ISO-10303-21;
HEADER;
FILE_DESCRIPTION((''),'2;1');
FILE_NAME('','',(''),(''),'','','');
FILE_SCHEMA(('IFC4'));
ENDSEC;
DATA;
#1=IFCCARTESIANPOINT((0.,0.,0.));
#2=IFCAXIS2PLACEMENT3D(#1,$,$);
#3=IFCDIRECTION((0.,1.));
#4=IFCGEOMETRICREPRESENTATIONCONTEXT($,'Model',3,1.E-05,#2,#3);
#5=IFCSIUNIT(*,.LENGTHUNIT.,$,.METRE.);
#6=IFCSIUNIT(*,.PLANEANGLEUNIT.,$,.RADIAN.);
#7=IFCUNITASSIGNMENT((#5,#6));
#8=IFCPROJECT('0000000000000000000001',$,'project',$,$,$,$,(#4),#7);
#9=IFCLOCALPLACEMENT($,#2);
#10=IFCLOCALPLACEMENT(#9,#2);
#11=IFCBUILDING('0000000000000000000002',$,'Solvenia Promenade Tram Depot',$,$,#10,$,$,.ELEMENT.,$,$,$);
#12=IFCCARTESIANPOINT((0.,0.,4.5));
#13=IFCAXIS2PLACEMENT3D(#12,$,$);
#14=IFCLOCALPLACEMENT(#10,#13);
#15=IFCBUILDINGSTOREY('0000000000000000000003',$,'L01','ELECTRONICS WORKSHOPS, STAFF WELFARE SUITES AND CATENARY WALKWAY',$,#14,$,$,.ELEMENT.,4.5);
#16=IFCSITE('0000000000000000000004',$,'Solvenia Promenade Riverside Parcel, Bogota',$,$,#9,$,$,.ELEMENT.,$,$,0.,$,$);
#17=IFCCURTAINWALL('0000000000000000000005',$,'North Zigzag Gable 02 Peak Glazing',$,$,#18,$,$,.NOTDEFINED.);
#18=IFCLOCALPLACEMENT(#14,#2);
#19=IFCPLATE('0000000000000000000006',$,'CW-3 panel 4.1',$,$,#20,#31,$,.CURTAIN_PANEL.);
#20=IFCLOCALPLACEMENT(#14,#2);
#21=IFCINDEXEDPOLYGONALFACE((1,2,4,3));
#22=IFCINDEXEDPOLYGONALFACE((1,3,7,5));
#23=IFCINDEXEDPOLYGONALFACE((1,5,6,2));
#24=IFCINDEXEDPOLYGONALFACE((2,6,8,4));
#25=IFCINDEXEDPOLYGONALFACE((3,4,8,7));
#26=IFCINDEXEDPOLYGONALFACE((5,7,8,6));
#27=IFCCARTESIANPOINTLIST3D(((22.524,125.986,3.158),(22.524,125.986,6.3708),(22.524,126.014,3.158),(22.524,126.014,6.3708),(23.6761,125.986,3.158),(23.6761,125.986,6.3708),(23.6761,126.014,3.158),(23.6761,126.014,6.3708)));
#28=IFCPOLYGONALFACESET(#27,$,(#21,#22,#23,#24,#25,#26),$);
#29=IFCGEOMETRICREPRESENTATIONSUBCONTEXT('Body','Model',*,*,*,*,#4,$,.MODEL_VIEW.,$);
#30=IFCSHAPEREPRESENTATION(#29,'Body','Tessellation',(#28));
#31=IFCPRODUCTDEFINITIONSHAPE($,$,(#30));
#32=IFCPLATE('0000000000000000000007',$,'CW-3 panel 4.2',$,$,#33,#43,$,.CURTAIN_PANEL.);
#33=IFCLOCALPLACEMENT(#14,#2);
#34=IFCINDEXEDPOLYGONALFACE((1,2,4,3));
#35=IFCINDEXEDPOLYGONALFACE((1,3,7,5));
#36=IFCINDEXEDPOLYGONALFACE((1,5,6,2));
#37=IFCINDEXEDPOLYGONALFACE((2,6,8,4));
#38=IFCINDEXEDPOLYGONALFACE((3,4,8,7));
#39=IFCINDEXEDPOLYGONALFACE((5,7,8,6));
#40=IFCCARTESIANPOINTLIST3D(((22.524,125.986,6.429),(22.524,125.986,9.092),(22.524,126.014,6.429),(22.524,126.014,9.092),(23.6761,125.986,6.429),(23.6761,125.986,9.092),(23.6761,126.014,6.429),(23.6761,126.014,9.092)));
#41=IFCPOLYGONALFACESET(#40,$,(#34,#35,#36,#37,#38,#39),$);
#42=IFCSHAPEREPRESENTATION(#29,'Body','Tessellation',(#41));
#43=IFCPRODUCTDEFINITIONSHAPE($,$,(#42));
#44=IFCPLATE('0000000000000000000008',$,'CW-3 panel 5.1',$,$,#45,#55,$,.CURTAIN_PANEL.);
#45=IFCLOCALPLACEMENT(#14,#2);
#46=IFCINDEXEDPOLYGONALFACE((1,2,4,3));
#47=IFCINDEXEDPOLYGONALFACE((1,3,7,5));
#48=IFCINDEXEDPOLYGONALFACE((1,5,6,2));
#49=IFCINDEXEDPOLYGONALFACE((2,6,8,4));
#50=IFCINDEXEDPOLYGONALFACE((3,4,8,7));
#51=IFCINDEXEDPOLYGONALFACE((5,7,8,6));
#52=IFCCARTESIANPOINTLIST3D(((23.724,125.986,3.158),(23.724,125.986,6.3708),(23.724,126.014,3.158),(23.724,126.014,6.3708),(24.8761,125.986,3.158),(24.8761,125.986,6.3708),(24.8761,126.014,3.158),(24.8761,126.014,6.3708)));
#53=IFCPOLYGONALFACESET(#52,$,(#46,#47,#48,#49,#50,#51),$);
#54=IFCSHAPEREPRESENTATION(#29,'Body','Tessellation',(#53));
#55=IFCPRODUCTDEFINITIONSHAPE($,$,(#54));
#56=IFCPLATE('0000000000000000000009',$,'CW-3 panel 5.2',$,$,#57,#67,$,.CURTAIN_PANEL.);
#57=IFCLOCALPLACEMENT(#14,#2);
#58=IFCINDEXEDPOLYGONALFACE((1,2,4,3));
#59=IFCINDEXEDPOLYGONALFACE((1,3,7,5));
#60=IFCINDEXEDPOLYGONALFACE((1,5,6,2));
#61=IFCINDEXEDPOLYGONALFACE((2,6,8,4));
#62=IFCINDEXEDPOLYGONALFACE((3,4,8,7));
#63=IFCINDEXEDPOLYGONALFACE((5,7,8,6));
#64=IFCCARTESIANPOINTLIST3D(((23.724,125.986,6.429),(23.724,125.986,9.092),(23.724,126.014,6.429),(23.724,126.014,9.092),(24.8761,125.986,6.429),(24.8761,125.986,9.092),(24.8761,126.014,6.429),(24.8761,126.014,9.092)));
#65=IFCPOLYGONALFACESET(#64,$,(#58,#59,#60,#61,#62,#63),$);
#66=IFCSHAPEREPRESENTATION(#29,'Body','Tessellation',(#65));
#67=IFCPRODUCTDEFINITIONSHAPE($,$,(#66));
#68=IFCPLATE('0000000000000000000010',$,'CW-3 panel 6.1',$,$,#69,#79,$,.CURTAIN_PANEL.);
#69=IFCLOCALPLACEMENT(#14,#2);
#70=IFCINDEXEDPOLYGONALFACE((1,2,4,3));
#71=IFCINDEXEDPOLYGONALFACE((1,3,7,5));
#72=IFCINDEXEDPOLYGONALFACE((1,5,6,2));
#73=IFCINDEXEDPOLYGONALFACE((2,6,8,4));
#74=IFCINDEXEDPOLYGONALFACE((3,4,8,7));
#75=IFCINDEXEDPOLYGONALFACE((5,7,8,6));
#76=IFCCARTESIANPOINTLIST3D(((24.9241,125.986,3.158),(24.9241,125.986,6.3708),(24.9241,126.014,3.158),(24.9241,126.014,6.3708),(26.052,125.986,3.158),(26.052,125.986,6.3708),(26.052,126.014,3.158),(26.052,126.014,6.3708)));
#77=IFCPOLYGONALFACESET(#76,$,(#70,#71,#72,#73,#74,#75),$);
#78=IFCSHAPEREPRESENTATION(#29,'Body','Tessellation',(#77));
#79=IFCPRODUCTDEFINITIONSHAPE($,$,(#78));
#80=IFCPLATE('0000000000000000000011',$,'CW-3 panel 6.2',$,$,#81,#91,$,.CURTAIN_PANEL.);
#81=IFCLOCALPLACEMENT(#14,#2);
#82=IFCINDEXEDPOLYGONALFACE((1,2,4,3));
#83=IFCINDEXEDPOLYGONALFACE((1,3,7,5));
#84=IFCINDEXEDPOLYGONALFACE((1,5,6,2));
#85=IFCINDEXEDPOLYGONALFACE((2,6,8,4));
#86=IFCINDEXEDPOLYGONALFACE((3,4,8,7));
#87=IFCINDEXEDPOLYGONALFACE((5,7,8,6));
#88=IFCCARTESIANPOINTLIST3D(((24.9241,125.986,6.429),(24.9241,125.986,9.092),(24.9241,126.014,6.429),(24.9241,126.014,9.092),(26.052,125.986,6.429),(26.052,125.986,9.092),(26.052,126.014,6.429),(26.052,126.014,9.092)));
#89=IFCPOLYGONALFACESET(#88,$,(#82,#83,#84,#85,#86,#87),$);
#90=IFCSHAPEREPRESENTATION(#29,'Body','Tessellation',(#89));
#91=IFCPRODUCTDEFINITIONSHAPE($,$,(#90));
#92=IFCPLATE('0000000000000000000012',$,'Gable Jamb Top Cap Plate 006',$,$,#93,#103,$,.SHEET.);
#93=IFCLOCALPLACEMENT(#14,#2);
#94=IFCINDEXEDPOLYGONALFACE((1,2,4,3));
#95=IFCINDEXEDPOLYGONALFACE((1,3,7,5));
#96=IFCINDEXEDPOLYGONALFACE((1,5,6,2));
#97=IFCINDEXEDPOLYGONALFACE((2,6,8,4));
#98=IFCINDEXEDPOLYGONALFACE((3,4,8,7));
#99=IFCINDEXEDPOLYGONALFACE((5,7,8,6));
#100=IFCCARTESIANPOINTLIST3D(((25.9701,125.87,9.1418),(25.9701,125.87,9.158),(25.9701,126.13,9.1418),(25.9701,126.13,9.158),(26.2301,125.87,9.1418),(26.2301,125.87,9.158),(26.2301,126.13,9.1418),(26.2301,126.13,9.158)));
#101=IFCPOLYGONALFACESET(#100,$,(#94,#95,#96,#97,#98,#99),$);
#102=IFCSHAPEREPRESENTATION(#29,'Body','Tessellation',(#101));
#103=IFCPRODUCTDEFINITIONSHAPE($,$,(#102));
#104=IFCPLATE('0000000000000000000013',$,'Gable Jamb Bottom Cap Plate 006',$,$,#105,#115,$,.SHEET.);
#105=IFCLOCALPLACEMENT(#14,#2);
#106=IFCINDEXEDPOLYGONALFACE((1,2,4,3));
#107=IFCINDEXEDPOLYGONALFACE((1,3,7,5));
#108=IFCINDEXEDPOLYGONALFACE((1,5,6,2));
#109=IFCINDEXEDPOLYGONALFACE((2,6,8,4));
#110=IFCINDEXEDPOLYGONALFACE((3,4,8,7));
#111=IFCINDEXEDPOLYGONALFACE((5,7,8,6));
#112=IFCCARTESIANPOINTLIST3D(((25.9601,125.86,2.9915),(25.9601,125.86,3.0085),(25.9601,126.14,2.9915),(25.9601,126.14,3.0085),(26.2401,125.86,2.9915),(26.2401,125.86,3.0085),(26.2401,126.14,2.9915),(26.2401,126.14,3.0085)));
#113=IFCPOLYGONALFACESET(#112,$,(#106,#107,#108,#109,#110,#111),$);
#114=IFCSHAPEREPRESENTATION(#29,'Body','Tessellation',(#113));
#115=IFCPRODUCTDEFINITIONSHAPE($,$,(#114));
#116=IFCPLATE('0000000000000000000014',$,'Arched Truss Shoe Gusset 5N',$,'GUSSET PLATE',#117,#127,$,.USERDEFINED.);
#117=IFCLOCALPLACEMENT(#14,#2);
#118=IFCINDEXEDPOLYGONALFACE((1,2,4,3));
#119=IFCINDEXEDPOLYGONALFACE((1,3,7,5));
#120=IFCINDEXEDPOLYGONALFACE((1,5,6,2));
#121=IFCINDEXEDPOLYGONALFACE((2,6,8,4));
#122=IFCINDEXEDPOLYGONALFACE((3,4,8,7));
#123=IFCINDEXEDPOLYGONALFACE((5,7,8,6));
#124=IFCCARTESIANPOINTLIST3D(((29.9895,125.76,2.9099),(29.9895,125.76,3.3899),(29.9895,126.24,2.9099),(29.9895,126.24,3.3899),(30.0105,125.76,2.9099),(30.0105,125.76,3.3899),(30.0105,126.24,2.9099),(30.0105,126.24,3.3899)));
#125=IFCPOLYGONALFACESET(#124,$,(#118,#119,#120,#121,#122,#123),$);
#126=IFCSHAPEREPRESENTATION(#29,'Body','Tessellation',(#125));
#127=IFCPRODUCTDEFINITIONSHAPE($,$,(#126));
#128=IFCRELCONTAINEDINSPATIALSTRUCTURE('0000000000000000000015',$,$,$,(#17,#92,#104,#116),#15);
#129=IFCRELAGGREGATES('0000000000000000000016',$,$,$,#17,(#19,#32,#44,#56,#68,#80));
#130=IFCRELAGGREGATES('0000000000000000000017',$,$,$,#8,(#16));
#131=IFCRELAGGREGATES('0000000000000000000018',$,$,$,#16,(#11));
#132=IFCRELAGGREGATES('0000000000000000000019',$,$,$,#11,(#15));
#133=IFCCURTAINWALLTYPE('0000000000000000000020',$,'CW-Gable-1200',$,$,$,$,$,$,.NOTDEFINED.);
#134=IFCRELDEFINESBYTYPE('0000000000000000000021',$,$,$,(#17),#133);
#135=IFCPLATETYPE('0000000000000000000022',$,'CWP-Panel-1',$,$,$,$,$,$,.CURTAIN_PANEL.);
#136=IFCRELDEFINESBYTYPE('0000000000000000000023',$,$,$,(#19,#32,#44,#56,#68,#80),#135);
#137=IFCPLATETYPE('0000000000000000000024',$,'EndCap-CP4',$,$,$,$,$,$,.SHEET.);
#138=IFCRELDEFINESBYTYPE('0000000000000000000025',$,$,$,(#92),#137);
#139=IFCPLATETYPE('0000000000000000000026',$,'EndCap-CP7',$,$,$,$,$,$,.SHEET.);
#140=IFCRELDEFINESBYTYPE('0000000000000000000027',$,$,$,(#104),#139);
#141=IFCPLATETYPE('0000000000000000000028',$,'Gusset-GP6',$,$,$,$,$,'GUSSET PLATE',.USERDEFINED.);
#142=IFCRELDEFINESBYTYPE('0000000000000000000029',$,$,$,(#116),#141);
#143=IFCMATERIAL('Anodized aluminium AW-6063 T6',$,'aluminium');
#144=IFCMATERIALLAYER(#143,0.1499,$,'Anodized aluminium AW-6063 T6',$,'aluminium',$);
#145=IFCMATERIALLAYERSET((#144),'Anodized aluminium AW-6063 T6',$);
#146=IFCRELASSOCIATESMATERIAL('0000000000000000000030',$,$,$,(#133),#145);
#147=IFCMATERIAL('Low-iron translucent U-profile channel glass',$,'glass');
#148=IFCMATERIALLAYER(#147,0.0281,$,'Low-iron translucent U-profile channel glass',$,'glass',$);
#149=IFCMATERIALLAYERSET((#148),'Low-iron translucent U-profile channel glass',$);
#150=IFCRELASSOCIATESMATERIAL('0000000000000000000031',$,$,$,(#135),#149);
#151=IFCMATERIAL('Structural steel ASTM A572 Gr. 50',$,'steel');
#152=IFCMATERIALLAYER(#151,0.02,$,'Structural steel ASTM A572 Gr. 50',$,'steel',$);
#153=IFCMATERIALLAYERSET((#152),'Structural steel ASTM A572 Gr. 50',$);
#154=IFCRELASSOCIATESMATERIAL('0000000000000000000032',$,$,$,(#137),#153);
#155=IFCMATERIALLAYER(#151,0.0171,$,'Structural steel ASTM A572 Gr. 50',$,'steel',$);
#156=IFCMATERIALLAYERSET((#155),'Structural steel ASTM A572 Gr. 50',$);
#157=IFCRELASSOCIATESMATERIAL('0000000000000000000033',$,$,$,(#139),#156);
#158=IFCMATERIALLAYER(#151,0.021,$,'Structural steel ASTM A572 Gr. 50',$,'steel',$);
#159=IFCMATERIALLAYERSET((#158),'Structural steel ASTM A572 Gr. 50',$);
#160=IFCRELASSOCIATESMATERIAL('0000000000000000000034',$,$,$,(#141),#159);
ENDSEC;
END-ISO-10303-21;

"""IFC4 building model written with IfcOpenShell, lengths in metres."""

from ifc_helpers import new_model, si_unit, direction, frame, origin, origin_2d, place, context, subcontext, project, spatial, rectangle, extrude, material, layer, layer_set, type_object, element, aggregate, save


model = new_model("IFC4")

# Units and contexts
model_context = context("Model", 3, precision=1e-05, world=origin(), true_north=direction((0.0, 1.0)))
body_context = subcontext(model_context, "Body", "Model", "MODEL_VIEW")
ifc_project = project(units=[si_unit("LENGTHUNIT", "METRE"), si_unit("PLANEANGLEUNIT", "RADIAN")], contexts=[model_context])

# Site, building, storey
site_placement = place(None, origin())
site = spatial("IfcSite", under=ifc_project, at=site_placement, Name="Solvenia Promenade Riverside Parcel, Bogota", CompositionType="ELEMENT", RefElevation=0.0)
building_placement = place(site_placement, origin())
building = spatial("IfcBuilding", under=site, at=building_placement, Name="Solvenia Promenade Tram Depot", CompositionType="ELEMENT")
storey_placement = place(building_placement, frame((0.0, 0.0, 4.5)))
storey = spatial("IfcBuildingStorey", under=building, at=storey_placement, Name="L01", Description="ELECTRONICS WORKSHOPS, STAFF WELFARE SUITES AND CATENARY WALKWAY", CompositionType="ELEMENT", Elevation=4.5)

# Curtain wall
ifc_material_1 = material(Name="Anodized aluminium AW-6063 T6", Category="aluminium")
ifc_layer_1 = layer(ifc_material_1, 0.1499, Name="Anodized aluminium AW-6063 T6", Category="aluminium")
ifc_layer_set_1 = layer_set([ifc_layer_1], Name="Anodized aluminium AW-6063 T6")
curtain_wall_type = type_object("IfcCurtainWallType", Name="CW-Gable-1200", PredefinedType="NOTDEFINED", material=ifc_layer_set_1)
curtain_wall_placement = place(storey_placement, origin())
curtain_wall = element("IfcCurtainWall", 1, at=curtain_wall_placement, inside=storey, type_object=curtain_wall_type, Name="North Zigzag Gable 02 Peak Glazing", PredefinedType="NOTDEFINED")

# Plates
ifc_material_2 = material(Name="Low-iron translucent U-profile channel glass", Category="glass")
ifc_layer_2 = layer(ifc_material_2, 0.0281, Name="Low-iron translucent U-profile channel glass", Category="glass")
ifc_layer_set_2 = layer_set([ifc_layer_2], Name="Low-iron translucent U-profile channel glass")
plate_type_1 = type_object("IfcPlateType", Name="CWP-Panel-1", PredefinedType="CURTAIN_PANEL", material=ifc_layer_set_2)
plate_1_placement = place(storey_placement, frame((23.1001, 126.0, 3.158), z_axis=(0.0, 0.0, 1.0), x_axis=(1.0, 0.0, 0.0)))
plate_1 = element("IfcPlate", 2, at=plate_1_placement, type_object=plate_type_1, Name="CW-3 panel 4.1", PredefinedType="CURTAIN_PANEL", context=body_context, shape_type="SweptSolid", body=[
    extrude(rectangle(XDim=1.1521, YDim=0.0281, at=origin_2d()), origin(), (0.0, 0.0, 1.0), 3.2129),
])
plate_2_placement = place(storey_placement, frame((23.1001, 126.0, 6.429), z_axis=(0.0, 0.0, 1.0), x_axis=(1.0, 0.0, 0.0)))
plate_2 = element("IfcPlate", 3, at=plate_2_placement, type_object=plate_type_1, Name="CW-3 panel 4.2", PredefinedType="CURTAIN_PANEL", context=body_context, shape_type="SweptSolid", body=[
    extrude(rectangle(XDim=1.1521, YDim=0.0281, at=origin_2d()), origin(), (0.0, 0.0, 1.0), 2.6631),
])
plate_3_placement = place(storey_placement, frame((24.3, 126.0, 3.158), z_axis=(0.0, 0.0, 1.0), x_axis=(1.0, 0.0, 0.0)))
plate_3 = element("IfcPlate", 4, at=plate_3_placement, type_object=plate_type_1, Name="CW-3 panel 5.1", PredefinedType="CURTAIN_PANEL", context=body_context, shape_type="SweptSolid", body=[
    extrude(rectangle(XDim=1.1521, YDim=0.0281, at=origin_2d()), origin(), (0.0, 0.0, 1.0), 3.2129),
])
plate_4_placement = place(storey_placement, frame((24.3, 126.0, 6.429), z_axis=(0.0, 0.0, 1.0), x_axis=(1.0, 0.0, 0.0)))
plate_4 = element("IfcPlate", 5, at=plate_4_placement, type_object=plate_type_1, Name="CW-3 panel 5.2", PredefinedType="CURTAIN_PANEL", context=body_context, shape_type="SweptSolid", body=[
    extrude(rectangle(XDim=1.1521, YDim=0.0281, at=origin_2d()), origin(), (0.0, 0.0, 1.0), 2.6631),
])
plate_5_placement = place(storey_placement, frame((25.488, 126.0, 3.158), z_axis=(0.0, 0.0, 1.0), x_axis=(1.0, 0.0, 0.0)))
plate_5 = element("IfcPlate", 6, at=plate_5_placement, type_object=plate_type_1, Name="CW-3 panel 6.1", PredefinedType="CURTAIN_PANEL", context=body_context, shape_type="SweptSolid", body=[
    extrude(rectangle(XDim=1.1279, YDim=0.0281, at=origin_2d()), origin(), (0.0, 0.0, 1.0), 3.2129),
])
plate_6_placement = place(storey_placement, frame((25.488, 126.0, 6.429), z_axis=(0.0, 0.0, 1.0), x_axis=(1.0, 0.0, 0.0)))
plate_6 = element("IfcPlate", 7, at=plate_6_placement, type_object=plate_type_1, Name="CW-3 panel 6.2", PredefinedType="CURTAIN_PANEL", context=body_context, shape_type="SweptSolid", body=[
    extrude(rectangle(XDim=1.1279, YDim=0.0281, at=origin_2d()), origin(), (0.0, 0.0, 1.0), 2.6631),
])
aggregate(curtain_wall, [plate_1, plate_2, plate_3, plate_4, plate_5, plate_6])

# Plates
ifc_material_3 = material(Name="Structural steel ASTM A572 Gr. 50", Category="steel")
ifc_layer_3 = layer(ifc_material_3, 0.02, Name="Structural steel ASTM A572 Gr. 50", Category="steel")
ifc_layer_set_3 = layer_set([ifc_layer_3], Name="Structural steel ASTM A572 Gr. 50")
plate_type_2 = type_object("IfcPlateType", Name="EndCap-CP4", PredefinedType="SHEET", material=ifc_layer_set_3)
plate_7_placement = place(storey_placement, frame((26.1001, 126.0, 9.1418), z_axis=(0.0, 0.0, 1.0), x_axis=(1.0, 0.0, 0.0)))
element("IfcPlate", 8, at=plate_7_placement, inside=storey, type_object=plate_type_2, Name="Gable Jamb Top Cap Plate 006", PredefinedType="SHEET", context=body_context, shape_type="SweptSolid", body=[
    extrude(rectangle(XDim=0.26, YDim=0.26, at=origin_2d()), origin(), (0.0, 0.0, 1.0), 0.0161),
])
ifc_layer_4 = layer(ifc_material_3, 0.0171, Name="Structural steel ASTM A572 Gr. 50", Category="steel")
ifc_layer_set_4 = layer_set([ifc_layer_4], Name="Structural steel ASTM A572 Gr. 50")
plate_type_3 = type_object("IfcPlateType", Name="EndCap-CP7", PredefinedType="SHEET", material=ifc_layer_set_4)
plate_8_placement = place(storey_placement, frame((26.1001, 126.0, 2.9915), z_axis=(0.0, 0.0, 1.0), x_axis=(1.0, 0.0, 0.0)))
element("IfcPlate", 9, at=plate_8_placement, inside=storey, type_object=plate_type_3, Name="Gable Jamb Bottom Cap Plate 006", PredefinedType="SHEET", context=body_context, shape_type="SweptSolid", body=[
    extrude(rectangle(XDim=0.28, YDim=0.28, at=origin_2d()), origin(), (0.0, 0.0, 1.0), 0.0171),
])
ifc_layer_5 = layer(ifc_material_3, 0.021, Name="Structural steel ASTM A572 Gr. 50", Category="steel")
ifc_layer_set_5 = layer_set([ifc_layer_5], Name="Structural steel ASTM A572 Gr. 50")
plate_type_4 = type_object("IfcPlateType", Name="Gusset-GP6", ElementType="GUSSET PLATE", PredefinedType="USERDEFINED", material=ifc_layer_set_5)
plate_9_placement = place(storey_placement, frame((30.0, 126.0, 2.9099), z_axis=(0.0, 0.0, 1.0), x_axis=(1.0, 0.0, 0.0)))
element("IfcPlate", 10, at=plate_9_placement, inside=storey, type_object=plate_type_4, Name="Arched Truss Shoe Gusset 5N", ObjectType="GUSSET PLATE", PredefinedType="USERDEFINED", context=body_context, shape_type="SweptSolid", body=[
    extrude(rectangle(XDim=0.021, YDim=0.48, at=origin_2d()), origin(), (0.0, 0.0, 1.0), 0.48),
])

save(model, "model.ifc")
